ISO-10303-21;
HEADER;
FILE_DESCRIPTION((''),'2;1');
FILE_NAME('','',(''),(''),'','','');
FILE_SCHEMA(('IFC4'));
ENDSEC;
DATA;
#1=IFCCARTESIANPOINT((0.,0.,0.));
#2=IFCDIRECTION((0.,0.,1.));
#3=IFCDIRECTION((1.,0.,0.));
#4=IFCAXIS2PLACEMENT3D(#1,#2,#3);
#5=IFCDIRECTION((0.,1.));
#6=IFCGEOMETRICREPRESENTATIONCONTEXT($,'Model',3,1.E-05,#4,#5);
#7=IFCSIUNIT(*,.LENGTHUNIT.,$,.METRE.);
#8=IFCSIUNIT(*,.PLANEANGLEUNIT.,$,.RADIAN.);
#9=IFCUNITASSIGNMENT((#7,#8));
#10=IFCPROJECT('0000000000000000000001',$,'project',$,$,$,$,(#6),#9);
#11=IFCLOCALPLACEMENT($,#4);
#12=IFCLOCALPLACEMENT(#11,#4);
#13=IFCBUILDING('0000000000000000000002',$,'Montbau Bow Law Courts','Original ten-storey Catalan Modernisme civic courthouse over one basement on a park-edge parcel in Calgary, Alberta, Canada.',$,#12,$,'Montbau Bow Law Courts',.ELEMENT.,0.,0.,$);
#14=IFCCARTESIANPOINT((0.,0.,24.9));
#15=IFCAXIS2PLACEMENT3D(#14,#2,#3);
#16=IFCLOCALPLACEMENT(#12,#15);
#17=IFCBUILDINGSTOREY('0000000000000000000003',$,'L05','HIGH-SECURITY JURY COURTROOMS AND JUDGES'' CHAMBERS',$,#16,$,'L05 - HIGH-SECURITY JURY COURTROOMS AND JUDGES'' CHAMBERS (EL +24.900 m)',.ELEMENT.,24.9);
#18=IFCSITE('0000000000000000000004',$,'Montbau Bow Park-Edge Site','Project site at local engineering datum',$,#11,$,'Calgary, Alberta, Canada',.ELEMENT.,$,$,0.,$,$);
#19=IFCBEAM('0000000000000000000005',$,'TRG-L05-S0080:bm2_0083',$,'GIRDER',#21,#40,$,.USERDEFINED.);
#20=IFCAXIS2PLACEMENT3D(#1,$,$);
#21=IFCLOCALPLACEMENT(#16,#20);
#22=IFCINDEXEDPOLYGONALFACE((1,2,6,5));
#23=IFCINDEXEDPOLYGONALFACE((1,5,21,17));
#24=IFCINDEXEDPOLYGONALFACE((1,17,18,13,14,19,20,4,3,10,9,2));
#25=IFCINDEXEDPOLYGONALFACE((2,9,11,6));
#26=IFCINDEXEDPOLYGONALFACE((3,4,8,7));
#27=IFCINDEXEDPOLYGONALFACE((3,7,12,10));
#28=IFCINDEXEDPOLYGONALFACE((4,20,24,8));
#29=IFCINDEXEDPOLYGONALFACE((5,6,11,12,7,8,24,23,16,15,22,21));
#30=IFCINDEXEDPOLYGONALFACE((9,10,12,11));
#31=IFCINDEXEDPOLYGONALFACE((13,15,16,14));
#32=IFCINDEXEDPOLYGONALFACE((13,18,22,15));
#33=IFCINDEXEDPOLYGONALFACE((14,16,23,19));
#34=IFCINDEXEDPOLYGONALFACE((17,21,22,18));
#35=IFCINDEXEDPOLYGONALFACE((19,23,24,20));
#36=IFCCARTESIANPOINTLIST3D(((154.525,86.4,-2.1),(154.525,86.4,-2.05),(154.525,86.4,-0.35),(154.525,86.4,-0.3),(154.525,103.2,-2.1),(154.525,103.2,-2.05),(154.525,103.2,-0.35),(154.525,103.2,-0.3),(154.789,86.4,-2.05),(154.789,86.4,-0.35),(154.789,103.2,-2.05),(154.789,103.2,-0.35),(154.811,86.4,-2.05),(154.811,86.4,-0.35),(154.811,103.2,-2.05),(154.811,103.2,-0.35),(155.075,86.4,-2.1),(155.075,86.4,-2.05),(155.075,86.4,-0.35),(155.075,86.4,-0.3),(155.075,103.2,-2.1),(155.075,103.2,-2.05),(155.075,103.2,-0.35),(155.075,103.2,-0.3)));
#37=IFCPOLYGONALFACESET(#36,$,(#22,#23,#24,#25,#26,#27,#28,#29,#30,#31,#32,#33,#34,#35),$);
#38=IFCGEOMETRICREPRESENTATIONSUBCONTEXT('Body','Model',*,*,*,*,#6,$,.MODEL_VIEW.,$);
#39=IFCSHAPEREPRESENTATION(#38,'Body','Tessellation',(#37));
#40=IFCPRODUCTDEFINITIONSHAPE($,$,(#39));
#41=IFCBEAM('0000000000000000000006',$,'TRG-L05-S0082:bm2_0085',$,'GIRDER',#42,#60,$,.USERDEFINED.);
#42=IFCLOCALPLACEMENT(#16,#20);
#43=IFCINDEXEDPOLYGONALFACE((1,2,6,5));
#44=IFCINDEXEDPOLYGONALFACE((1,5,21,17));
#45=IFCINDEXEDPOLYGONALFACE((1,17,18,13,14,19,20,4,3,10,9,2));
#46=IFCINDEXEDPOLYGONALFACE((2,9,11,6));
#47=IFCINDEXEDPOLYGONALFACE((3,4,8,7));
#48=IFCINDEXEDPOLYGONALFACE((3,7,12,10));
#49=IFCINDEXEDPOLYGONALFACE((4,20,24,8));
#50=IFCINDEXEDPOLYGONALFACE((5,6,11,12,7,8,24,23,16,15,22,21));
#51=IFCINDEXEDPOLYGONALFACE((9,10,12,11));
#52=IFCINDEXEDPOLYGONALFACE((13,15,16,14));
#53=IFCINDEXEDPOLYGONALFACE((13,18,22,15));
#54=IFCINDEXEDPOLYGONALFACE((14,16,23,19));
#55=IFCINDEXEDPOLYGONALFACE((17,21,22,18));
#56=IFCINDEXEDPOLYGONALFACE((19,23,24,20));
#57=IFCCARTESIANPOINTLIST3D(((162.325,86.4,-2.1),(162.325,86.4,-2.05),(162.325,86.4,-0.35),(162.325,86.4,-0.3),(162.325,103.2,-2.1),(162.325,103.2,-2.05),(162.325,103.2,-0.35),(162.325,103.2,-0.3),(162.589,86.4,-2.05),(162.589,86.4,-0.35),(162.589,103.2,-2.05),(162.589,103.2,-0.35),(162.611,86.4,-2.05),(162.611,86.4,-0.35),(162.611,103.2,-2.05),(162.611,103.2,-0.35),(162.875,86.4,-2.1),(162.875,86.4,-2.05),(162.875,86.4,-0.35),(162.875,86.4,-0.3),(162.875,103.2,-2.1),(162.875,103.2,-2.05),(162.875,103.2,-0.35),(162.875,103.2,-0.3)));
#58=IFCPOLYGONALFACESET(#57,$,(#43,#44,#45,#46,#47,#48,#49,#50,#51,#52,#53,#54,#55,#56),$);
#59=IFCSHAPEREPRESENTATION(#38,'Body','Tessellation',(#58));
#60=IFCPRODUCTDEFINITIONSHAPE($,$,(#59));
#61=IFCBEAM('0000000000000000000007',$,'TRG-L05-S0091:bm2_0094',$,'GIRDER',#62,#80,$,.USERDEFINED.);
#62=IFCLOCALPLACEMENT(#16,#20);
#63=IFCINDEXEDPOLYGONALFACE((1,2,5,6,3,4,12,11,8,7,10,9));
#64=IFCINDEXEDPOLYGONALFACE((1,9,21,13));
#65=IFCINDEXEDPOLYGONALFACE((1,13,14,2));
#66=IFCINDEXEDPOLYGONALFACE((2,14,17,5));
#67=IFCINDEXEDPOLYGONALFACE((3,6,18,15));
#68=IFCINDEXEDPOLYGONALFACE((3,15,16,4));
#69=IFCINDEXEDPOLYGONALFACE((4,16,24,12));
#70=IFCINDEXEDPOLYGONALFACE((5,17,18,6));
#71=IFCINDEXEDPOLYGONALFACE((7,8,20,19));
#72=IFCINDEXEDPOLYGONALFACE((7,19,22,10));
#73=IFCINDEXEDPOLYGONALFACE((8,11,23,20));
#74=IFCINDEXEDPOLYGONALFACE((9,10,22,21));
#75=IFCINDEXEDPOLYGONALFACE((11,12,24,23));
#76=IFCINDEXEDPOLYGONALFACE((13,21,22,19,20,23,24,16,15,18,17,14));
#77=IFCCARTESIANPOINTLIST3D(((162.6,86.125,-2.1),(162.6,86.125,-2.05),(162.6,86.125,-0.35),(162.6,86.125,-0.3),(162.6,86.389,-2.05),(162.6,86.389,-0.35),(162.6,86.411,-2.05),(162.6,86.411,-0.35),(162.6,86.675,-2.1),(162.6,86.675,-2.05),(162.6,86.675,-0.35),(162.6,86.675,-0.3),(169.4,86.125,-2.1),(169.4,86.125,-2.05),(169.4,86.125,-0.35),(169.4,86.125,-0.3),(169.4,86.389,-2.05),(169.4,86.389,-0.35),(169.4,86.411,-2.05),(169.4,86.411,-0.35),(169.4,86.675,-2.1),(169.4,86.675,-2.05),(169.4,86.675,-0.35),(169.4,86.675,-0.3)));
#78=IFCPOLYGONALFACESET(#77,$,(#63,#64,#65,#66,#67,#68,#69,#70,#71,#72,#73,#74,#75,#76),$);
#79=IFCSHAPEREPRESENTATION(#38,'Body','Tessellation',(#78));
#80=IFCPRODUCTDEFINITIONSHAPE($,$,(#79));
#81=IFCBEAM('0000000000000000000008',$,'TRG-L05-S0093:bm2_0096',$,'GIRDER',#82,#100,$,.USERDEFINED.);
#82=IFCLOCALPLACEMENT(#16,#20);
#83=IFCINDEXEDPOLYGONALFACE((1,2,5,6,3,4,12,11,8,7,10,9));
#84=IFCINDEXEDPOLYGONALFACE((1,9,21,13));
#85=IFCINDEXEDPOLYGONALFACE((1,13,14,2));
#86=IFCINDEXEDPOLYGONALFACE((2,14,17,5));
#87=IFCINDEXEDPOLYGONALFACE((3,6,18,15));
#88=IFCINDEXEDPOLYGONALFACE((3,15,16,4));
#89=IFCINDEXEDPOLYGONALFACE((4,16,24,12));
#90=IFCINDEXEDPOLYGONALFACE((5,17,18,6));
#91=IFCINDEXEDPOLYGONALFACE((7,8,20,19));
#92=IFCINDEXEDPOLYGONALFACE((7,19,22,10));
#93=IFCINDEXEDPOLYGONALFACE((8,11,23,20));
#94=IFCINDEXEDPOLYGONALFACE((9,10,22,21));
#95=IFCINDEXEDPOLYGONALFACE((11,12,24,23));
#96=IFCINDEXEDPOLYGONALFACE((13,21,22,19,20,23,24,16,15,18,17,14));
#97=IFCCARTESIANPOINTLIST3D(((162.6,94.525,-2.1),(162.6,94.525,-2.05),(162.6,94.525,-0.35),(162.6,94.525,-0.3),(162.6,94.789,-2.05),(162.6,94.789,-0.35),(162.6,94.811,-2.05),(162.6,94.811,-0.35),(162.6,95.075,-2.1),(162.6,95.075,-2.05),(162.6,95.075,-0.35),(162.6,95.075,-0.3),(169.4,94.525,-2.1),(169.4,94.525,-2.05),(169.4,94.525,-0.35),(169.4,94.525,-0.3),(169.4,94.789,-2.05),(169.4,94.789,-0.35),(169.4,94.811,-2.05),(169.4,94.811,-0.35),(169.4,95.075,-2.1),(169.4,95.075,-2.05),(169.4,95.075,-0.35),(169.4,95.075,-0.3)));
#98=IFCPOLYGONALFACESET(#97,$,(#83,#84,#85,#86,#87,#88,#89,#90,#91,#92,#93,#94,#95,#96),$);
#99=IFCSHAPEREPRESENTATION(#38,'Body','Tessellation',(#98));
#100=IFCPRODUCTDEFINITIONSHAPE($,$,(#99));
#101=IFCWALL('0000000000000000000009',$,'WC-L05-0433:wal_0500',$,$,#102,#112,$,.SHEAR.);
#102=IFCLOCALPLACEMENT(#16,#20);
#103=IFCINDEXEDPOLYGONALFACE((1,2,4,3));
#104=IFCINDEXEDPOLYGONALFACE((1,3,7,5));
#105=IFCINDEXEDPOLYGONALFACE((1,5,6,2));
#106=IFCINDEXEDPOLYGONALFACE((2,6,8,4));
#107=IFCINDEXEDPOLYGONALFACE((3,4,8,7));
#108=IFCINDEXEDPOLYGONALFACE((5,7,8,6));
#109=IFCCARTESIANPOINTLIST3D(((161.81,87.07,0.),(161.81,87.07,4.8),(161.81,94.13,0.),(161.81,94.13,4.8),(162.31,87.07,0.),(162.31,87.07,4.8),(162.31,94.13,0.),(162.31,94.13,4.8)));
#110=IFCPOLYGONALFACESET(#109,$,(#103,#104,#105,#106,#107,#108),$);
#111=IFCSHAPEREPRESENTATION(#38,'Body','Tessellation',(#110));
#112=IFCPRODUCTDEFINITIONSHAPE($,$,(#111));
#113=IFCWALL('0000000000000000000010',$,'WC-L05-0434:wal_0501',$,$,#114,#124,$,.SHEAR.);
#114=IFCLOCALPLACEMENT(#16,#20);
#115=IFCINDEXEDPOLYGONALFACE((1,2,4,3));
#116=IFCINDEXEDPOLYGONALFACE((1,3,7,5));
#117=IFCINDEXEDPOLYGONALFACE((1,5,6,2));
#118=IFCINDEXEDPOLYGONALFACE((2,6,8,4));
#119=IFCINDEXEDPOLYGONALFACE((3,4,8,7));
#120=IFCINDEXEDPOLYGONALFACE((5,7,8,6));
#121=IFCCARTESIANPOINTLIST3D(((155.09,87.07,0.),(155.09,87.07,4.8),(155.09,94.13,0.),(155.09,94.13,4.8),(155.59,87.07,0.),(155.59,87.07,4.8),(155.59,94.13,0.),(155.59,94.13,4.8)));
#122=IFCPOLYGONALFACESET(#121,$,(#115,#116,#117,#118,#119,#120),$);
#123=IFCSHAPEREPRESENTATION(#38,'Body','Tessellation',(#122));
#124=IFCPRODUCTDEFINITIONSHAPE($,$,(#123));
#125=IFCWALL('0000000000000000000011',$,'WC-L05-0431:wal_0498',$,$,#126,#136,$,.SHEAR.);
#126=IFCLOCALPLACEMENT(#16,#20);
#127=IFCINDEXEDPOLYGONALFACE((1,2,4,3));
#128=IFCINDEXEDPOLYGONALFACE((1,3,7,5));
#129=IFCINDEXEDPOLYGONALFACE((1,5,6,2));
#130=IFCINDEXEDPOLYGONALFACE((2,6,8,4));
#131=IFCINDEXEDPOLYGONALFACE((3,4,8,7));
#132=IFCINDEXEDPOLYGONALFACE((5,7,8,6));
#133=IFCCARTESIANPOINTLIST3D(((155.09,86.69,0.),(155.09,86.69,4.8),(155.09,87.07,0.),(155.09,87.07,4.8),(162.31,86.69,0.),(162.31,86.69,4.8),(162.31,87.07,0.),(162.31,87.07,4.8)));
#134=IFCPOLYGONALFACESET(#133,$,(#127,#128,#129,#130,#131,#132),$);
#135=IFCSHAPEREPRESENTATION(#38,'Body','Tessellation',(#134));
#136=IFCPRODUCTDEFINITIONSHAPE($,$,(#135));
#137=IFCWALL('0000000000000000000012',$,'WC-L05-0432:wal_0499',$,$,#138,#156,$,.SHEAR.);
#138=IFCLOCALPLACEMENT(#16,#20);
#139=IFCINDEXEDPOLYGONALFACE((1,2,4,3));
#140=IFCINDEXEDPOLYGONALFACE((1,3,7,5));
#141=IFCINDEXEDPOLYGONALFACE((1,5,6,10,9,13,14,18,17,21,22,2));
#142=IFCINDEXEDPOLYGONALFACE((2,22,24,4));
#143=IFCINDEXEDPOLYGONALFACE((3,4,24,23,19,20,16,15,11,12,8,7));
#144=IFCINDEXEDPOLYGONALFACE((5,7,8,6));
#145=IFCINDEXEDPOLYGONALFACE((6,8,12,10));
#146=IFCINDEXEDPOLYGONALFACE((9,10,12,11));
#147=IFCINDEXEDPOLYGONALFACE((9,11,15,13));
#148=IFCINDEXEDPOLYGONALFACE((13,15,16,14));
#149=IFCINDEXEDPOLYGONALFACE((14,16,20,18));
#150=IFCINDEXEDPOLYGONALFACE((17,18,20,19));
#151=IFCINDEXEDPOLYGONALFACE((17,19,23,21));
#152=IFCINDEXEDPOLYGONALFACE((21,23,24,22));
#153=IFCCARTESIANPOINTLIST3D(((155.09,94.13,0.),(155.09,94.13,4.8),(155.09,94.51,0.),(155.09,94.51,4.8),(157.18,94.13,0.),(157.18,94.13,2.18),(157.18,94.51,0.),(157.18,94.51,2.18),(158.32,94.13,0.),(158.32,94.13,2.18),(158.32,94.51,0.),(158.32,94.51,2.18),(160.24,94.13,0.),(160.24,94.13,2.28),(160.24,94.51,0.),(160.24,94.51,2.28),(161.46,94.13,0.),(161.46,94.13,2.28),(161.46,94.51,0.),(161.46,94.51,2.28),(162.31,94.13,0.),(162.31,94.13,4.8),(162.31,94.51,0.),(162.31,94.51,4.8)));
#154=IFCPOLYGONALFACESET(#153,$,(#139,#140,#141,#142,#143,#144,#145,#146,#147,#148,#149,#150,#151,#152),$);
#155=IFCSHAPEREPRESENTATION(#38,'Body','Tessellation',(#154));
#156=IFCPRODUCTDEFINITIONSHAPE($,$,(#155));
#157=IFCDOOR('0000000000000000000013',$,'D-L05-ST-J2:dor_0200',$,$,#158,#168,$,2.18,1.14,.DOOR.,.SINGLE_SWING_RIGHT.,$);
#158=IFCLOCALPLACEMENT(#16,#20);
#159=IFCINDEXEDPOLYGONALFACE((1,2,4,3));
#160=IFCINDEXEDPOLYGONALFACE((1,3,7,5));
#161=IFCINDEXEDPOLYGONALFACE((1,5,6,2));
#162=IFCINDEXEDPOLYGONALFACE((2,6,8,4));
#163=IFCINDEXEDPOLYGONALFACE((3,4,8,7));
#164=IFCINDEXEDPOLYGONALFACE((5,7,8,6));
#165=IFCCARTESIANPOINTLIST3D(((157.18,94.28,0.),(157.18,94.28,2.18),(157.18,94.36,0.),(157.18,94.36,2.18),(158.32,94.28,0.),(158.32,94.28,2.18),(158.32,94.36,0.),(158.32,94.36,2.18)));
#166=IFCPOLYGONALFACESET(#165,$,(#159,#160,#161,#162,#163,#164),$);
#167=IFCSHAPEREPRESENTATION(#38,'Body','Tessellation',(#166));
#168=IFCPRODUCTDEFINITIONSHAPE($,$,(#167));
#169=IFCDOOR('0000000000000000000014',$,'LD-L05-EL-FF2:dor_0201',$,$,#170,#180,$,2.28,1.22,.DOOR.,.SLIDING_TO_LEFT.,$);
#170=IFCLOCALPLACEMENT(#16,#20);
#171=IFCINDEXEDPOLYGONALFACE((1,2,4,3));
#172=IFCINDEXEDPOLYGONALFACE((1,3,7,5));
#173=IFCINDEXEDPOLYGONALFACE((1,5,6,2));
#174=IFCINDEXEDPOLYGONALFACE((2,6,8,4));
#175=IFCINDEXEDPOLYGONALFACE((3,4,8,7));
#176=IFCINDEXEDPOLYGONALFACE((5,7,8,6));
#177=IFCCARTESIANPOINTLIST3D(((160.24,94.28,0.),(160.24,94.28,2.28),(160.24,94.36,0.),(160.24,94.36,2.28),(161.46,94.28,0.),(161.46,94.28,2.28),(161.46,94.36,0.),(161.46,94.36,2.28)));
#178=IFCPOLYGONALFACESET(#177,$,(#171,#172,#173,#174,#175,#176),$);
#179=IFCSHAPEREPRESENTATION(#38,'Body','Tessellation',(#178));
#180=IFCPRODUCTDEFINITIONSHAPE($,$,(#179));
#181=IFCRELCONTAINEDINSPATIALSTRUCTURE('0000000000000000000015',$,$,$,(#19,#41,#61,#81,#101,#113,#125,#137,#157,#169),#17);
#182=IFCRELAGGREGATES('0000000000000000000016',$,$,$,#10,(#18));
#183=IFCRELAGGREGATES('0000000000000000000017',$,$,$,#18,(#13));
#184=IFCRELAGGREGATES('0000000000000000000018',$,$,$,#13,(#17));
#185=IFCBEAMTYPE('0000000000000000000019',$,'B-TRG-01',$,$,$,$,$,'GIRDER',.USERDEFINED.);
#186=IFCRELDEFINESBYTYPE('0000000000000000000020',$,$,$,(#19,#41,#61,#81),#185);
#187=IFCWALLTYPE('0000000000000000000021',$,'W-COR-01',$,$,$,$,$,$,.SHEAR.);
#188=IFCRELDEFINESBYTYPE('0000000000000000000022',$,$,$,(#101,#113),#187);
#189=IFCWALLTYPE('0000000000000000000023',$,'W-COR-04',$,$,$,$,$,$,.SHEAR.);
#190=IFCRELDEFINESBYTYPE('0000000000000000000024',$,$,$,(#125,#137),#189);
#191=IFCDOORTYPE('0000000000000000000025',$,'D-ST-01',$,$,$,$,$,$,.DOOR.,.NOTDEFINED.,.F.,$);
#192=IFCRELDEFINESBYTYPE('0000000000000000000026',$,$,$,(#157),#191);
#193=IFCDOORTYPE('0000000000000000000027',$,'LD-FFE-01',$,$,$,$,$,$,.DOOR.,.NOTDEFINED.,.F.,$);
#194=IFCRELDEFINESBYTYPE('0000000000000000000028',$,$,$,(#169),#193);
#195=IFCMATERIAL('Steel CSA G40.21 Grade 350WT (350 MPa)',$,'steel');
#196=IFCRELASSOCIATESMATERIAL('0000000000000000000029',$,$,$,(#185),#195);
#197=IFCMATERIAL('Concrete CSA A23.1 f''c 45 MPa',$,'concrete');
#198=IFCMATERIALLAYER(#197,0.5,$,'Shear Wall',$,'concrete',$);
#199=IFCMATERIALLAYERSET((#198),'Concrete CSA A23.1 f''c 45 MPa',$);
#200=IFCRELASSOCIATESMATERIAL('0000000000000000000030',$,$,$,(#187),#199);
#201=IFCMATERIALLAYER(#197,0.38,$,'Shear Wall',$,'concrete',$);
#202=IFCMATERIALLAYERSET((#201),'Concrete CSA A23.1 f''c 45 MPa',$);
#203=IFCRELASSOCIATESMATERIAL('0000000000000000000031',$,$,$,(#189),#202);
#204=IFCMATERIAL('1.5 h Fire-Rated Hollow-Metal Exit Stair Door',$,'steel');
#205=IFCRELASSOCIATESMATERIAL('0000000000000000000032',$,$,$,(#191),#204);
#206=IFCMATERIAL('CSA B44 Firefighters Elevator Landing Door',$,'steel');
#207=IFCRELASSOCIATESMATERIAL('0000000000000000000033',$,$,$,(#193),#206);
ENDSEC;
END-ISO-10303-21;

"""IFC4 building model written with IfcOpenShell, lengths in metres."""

from ifc_helpers import new_model, si_unit, direction, frame, frame_2d, origin_with_axes, origin_2d_with_axis, place, context, subcontext, project, spatial, rectangle, i_section, extrude, material, layer, layer_set, material_profile, profile_set, type_object, element, fill, save


model = new_model("IFC4")

# Units and contexts
model_context = context("Model", 3, precision=1e-05, world=origin_with_axes(), true_north=direction((0.0, 1.0)))
body_context = subcontext(model_context, "Body", "Model", "MODEL_VIEW")
ifc_project = project(units=[si_unit("LENGTHUNIT", "METRE"), si_unit("PLANEANGLEUNIT", "RADIAN")], contexts=[model_context])

# Site, building, storey
site_placement = place(None, origin_with_axes())
site = spatial("IfcSite", under=ifc_project, at=site_placement, Name="Montbau Bow Park-Edge Site", Description="Project site at local engineering datum", LongName="Calgary, Alberta, Canada", CompositionType="ELEMENT", RefElevation=0.0)
building_placement = place(site_placement, origin_with_axes())
building = spatial("IfcBuilding", under=site, at=building_placement, Name="Montbau Bow Law Courts", Description="Original ten-storey Catalan Modernisme civic courthouse over one basement on a park-edge parcel in Calgary, Alberta, Canada.", LongName="Montbau Bow Law Courts", CompositionType="ELEMENT", ElevationOfRefHeight=0.0, ElevationOfTerrain=0.0)
storey_placement = place(building_placement, frame((0.0, 0.0, 24.9), z_axis=(0.0, 0.0, 1.0), x_axis=(1.0, 0.0, 0.0)))
storey = spatial("IfcBuildingStorey", under=building, at=storey_placement, Name="L05", Description="HIGH-SECURITY JURY COURTROOMS AND JUDGES' CHAMBERS", LongName="L05 - HIGH-SECURITY JURY COURTROOMS AND JUDGES' CHAMBERS (EL +24.900 m)", CompositionType="ELEMENT", Elevation=24.9)

# Beams
ifc_material_1 = material(Name="Steel CSA G40.21 Grade 350WT (350 MPa)", Category="steel")
ifc_material_profile_1 = material_profile(ifc_material_1, i_section(OverallWidth=0.55, OverallDepth=1.8, WebThickness=0.022, FlangeThickness=0.05, at=origin_2d_with_axis()), Name="WWF1800X550", Category="Main", Priority=0)
ifc_profile_set_1 = profile_set([ifc_material_profile_1], Name="Steel CSA G40.21 Grade 350WT (350 MPa)")
beam_type_1 = type_object("IfcBeamType", Name="B-TRG-01", ElementType="GIRDER", PredefinedType="USERDEFINED", material=ifc_profile_set_1)
for number, where, z_axis, x_axis, name in (
    (1, (154.8, 86.4, 23.7), (0.0, 1.0, 0.0), (-1.0, 0.0, 0.0), "TRG-L05-S0080:bm2_0083"),
    (2, (162.6, 86.4, 23.7), (0.0, 1.0, 0.0), (-1.0, 0.0, 0.0), "TRG-L05-S0082:bm2_0085"),
):
    element("IfcBeam", number, at=place(None, frame(where, z_axis=z_axis, x_axis=x_axis)), inside=storey, type_object=beam_type_1, Name=name, ObjectType="GIRDER", PredefinedType="USERDEFINED", context=body_context, shape_type="SweptSolid", body=[
        extrude(i_section(OverallWidth=0.55, OverallDepth=1.8, WebThickness=0.022, FlangeThickness=0.05, at=origin_2d_with_axis()), origin_with_axes(), (0.0, 0.0, 1.0), 16.8),
    ])
for number, where, z_axis, x_axis, name in (
    (3, (162.6, 86.4, 23.7), (1.0, 0.0, 0.0), (0.0, 1.0, 0.0), "TRG-L05-S0091:bm2_0094"),
    (4, (162.6, 94.8, 23.7), (1.0, 0.0, 0.0), (0.0, 1.0, 0.0), "TRG-L05-S0093:bm2_0096"),
):
    element("IfcBeam", number, at=place(None, frame(where, z_axis=z_axis, x_axis=x_axis)), inside=storey, type_object=beam_type_1, Name=name, ObjectType="GIRDER", PredefinedType="USERDEFINED", context=body_context, shape_type="SweptSolid", body=[
        extrude(i_section(OverallWidth=0.55, OverallDepth=1.8, WebThickness=0.022, FlangeThickness=0.05, at=origin_2d_with_axis()), origin_with_axes(), (0.0, 0.0, 1.0), 6.8),
    ])

# Walls
ifc_material_2 = material(Name="Concrete CSA A23.1 f'c 45 MPa", Category="concrete")
ifc_layer_1 = layer(ifc_material_2, 0.5, Name="Shear Wall", Category="concrete")
ifc_layer_set_1 = layer_set([ifc_layer_1], Name="Concrete CSA A23.1 f'c 45 MPa")
wall_type_1 = type_object("IfcWallType", Name="W-COR-01", PredefinedType="SHEAR", material=ifc_layer_set_1)
for number, where, z_axis, x_axis, name in (
    (5, (162.06, 87.07, 24.9), (0.0, 0.0, 1.0), (0.0, 1.0, 0.0), "WC-L05-0433:wal_0500"),
    (6, (155.34, 94.13, 24.9), (0.0, 0.0, 1.0), (0.0, -1.0, 0.0), "WC-L05-0434:wal_0501"),
):
    element("IfcWall", number, at=place(None, frame(where, z_axis=z_axis, x_axis=x_axis)), inside=storey, type_object=wall_type_1, Name=name, PredefinedType="SHEAR", context=body_context, shape_type="SweptSolid", body=[
        extrude(rectangle(XDim=7.06, YDim=0.5, at=frame_2d((3.53, 0.0), x_axis=(1.0, 0.0))), origin_with_axes(), (0.0, 0.0, 1.0), 4.8),
    ])
ifc_layer_2 = layer(ifc_material_2, 0.38, Name="Shear Wall", Category="concrete")
ifc_layer_set_2 = layer_set([ifc_layer_2], Name="Concrete CSA A23.1 f'c 45 MPa")
wall_type_2 = type_object("IfcWallType", Name="W-COR-04", PredefinedType="SHEAR", material=ifc_layer_set_2)
wall_1_placement = place(None, frame((155.09, 86.88, 24.9), z_axis=(0.0, 0.0, 1.0), x_axis=(1.0, 0.0, 0.0)))
element("IfcWall", 7, at=wall_1_placement, inside=storey, type_object=wall_type_2, Name="WC-L05-0431:wal_0498", PredefinedType="SHEAR", context=body_context, shape_type="SweptSolid", body=[
    extrude(rectangle(XDim=7.22, YDim=0.38, at=frame_2d((3.61, 0.0), x_axis=(1.0, 0.0))), origin_with_axes(), (0.0, 0.0, 1.0), 4.8),
])

# Wall, openings, doors
wall_2_placement = place(None, frame((162.31, 94.32, 24.9), z_axis=(0.0, 0.0, 1.0), x_axis=(-1.0, 0.0, 0.0)))
wall_2 = element("IfcWall", 8, at=wall_2_placement, inside=storey, type_object=wall_type_2, Name="WC-L05-0432:wal_0499", PredefinedType="SHEAR", context=body_context, shape_type="SweptSolid", body=[
    extrude(rectangle(XDim=7.22, YDim=0.38, at=frame_2d((3.61, 0.0), x_axis=(1.0, 0.0))), origin_with_axes(), (0.0, 0.0, 1.0), 4.8),
])
opening_1_placement = place(None, frame((157.75, 94.32, 24.9), z_axis=(0.0, 0.0, 1.0), x_axis=(-1.0, 0.0, 0.0)))
opening_1 = element("IfcOpeningElement", 9, at=opening_1_placement, cuts=wall_2, PredefinedType="OPENING", context=body_context, shape_type="SweptSolid", body=[
    extrude(rectangle(XDim=1.14, YDim=2.18, at=frame_2d((0.0, 1.09), x_axis=(1.0, 0.0))), frame((0.0, 0.2, 0.0), z_axis=(0.0, -1.0, 0.0), x_axis=(1.0, 0.0, 0.0)), (0.0, 0.0, 1.0), 0.4),
])
opening_2_placement = place(None, frame((160.85, 94.32, 24.9), z_axis=(0.0, 0.0, 1.0), x_axis=(-1.0, 0.0, 0.0)))
opening_2 = element("IfcOpeningElement", 10, at=opening_2_placement, cuts=wall_2, PredefinedType="OPENING", context=body_context, shape_type="SweptSolid", body=[
    extrude(rectangle(XDim=1.22, YDim=2.28, at=frame_2d((0.0, 1.14), x_axis=(1.0, 0.0))), frame((0.0, 0.2, 0.0), z_axis=(0.0, -1.0, 0.0), x_axis=(1.0, 0.0, 0.0)), (0.0, 0.0, 1.0), 0.4),
])
ifc_material_3 = material(Name="1.5 h Fire-Rated Hollow-Metal Exit Stair Door", Category="steel")
door_type_1 = type_object("IfcDoorType", Name="D-ST-01", OperationType="NOTDEFINED", ParameterTakesPrecedence=False, PredefinedType="DOOR", material=ifc_material_3)
door_1_placement = place(None, frame((157.75, 94.32, 24.9), z_axis=(0.0, 0.0, 1.0), x_axis=(1.0, 0.0, 0.0)))
door_1 = element("IfcDoor", 11, at=door_1_placement, inside=storey, type_object=door_type_1, Name="D-L05-ST-J2:dor_0200", OperationType="SINGLE_SWING_RIGHT", OverallHeight=2.18, OverallWidth=1.14, PredefinedType="DOOR", context=body_context, shape_type="SweptSolid", body=[
    extrude(rectangle(XDim=1.14, YDim=2.18, at=frame_2d((0.0, 1.09), x_axis=(1.0, 0.0))), frame((0.0, 0.04, 0.0), z_axis=(0.0, -1.0, 0.0), x_axis=(1.0, 0.0, 0.0)), (0.0, 0.0, 1.0), 0.08),
])
fill(opening_1, door_1)
ifc_material_4 = material(Name="CSA B44 Firefighters Elevator Landing Door", Category="steel")
door_type_2 = type_object("IfcDoorType", Name="LD-FFE-01", OperationType="NOTDEFINED", ParameterTakesPrecedence=False, PredefinedType="DOOR", material=ifc_material_4)
door_2_placement = place(None, frame((160.85, 94.32, 24.9), z_axis=(0.0, 0.0, 1.0), x_axis=(1.0, 0.0, 0.0)))
door_2 = element("IfcDoor", 12, at=door_2_placement, inside=storey, type_object=door_type_2, Name="LD-L05-EL-FF2:dor_0201", OperationType="SLIDING_TO_LEFT", OverallHeight=2.28, OverallWidth=1.22, PredefinedType="DOOR", context=body_context, shape_type="SweptSolid", body=[
    extrude(rectangle(XDim=1.22, YDim=2.28, at=frame_2d((0.0, 1.14), x_axis=(1.0, 0.0))), frame((0.0, 0.04, 0.0), z_axis=(0.0, -1.0, 0.0), x_axis=(1.0, 0.0, 0.0)), (0.0, 0.0, 1.0), 0.08),
])
fill(opening_2, door_2)

save(model, "model.ifc")
